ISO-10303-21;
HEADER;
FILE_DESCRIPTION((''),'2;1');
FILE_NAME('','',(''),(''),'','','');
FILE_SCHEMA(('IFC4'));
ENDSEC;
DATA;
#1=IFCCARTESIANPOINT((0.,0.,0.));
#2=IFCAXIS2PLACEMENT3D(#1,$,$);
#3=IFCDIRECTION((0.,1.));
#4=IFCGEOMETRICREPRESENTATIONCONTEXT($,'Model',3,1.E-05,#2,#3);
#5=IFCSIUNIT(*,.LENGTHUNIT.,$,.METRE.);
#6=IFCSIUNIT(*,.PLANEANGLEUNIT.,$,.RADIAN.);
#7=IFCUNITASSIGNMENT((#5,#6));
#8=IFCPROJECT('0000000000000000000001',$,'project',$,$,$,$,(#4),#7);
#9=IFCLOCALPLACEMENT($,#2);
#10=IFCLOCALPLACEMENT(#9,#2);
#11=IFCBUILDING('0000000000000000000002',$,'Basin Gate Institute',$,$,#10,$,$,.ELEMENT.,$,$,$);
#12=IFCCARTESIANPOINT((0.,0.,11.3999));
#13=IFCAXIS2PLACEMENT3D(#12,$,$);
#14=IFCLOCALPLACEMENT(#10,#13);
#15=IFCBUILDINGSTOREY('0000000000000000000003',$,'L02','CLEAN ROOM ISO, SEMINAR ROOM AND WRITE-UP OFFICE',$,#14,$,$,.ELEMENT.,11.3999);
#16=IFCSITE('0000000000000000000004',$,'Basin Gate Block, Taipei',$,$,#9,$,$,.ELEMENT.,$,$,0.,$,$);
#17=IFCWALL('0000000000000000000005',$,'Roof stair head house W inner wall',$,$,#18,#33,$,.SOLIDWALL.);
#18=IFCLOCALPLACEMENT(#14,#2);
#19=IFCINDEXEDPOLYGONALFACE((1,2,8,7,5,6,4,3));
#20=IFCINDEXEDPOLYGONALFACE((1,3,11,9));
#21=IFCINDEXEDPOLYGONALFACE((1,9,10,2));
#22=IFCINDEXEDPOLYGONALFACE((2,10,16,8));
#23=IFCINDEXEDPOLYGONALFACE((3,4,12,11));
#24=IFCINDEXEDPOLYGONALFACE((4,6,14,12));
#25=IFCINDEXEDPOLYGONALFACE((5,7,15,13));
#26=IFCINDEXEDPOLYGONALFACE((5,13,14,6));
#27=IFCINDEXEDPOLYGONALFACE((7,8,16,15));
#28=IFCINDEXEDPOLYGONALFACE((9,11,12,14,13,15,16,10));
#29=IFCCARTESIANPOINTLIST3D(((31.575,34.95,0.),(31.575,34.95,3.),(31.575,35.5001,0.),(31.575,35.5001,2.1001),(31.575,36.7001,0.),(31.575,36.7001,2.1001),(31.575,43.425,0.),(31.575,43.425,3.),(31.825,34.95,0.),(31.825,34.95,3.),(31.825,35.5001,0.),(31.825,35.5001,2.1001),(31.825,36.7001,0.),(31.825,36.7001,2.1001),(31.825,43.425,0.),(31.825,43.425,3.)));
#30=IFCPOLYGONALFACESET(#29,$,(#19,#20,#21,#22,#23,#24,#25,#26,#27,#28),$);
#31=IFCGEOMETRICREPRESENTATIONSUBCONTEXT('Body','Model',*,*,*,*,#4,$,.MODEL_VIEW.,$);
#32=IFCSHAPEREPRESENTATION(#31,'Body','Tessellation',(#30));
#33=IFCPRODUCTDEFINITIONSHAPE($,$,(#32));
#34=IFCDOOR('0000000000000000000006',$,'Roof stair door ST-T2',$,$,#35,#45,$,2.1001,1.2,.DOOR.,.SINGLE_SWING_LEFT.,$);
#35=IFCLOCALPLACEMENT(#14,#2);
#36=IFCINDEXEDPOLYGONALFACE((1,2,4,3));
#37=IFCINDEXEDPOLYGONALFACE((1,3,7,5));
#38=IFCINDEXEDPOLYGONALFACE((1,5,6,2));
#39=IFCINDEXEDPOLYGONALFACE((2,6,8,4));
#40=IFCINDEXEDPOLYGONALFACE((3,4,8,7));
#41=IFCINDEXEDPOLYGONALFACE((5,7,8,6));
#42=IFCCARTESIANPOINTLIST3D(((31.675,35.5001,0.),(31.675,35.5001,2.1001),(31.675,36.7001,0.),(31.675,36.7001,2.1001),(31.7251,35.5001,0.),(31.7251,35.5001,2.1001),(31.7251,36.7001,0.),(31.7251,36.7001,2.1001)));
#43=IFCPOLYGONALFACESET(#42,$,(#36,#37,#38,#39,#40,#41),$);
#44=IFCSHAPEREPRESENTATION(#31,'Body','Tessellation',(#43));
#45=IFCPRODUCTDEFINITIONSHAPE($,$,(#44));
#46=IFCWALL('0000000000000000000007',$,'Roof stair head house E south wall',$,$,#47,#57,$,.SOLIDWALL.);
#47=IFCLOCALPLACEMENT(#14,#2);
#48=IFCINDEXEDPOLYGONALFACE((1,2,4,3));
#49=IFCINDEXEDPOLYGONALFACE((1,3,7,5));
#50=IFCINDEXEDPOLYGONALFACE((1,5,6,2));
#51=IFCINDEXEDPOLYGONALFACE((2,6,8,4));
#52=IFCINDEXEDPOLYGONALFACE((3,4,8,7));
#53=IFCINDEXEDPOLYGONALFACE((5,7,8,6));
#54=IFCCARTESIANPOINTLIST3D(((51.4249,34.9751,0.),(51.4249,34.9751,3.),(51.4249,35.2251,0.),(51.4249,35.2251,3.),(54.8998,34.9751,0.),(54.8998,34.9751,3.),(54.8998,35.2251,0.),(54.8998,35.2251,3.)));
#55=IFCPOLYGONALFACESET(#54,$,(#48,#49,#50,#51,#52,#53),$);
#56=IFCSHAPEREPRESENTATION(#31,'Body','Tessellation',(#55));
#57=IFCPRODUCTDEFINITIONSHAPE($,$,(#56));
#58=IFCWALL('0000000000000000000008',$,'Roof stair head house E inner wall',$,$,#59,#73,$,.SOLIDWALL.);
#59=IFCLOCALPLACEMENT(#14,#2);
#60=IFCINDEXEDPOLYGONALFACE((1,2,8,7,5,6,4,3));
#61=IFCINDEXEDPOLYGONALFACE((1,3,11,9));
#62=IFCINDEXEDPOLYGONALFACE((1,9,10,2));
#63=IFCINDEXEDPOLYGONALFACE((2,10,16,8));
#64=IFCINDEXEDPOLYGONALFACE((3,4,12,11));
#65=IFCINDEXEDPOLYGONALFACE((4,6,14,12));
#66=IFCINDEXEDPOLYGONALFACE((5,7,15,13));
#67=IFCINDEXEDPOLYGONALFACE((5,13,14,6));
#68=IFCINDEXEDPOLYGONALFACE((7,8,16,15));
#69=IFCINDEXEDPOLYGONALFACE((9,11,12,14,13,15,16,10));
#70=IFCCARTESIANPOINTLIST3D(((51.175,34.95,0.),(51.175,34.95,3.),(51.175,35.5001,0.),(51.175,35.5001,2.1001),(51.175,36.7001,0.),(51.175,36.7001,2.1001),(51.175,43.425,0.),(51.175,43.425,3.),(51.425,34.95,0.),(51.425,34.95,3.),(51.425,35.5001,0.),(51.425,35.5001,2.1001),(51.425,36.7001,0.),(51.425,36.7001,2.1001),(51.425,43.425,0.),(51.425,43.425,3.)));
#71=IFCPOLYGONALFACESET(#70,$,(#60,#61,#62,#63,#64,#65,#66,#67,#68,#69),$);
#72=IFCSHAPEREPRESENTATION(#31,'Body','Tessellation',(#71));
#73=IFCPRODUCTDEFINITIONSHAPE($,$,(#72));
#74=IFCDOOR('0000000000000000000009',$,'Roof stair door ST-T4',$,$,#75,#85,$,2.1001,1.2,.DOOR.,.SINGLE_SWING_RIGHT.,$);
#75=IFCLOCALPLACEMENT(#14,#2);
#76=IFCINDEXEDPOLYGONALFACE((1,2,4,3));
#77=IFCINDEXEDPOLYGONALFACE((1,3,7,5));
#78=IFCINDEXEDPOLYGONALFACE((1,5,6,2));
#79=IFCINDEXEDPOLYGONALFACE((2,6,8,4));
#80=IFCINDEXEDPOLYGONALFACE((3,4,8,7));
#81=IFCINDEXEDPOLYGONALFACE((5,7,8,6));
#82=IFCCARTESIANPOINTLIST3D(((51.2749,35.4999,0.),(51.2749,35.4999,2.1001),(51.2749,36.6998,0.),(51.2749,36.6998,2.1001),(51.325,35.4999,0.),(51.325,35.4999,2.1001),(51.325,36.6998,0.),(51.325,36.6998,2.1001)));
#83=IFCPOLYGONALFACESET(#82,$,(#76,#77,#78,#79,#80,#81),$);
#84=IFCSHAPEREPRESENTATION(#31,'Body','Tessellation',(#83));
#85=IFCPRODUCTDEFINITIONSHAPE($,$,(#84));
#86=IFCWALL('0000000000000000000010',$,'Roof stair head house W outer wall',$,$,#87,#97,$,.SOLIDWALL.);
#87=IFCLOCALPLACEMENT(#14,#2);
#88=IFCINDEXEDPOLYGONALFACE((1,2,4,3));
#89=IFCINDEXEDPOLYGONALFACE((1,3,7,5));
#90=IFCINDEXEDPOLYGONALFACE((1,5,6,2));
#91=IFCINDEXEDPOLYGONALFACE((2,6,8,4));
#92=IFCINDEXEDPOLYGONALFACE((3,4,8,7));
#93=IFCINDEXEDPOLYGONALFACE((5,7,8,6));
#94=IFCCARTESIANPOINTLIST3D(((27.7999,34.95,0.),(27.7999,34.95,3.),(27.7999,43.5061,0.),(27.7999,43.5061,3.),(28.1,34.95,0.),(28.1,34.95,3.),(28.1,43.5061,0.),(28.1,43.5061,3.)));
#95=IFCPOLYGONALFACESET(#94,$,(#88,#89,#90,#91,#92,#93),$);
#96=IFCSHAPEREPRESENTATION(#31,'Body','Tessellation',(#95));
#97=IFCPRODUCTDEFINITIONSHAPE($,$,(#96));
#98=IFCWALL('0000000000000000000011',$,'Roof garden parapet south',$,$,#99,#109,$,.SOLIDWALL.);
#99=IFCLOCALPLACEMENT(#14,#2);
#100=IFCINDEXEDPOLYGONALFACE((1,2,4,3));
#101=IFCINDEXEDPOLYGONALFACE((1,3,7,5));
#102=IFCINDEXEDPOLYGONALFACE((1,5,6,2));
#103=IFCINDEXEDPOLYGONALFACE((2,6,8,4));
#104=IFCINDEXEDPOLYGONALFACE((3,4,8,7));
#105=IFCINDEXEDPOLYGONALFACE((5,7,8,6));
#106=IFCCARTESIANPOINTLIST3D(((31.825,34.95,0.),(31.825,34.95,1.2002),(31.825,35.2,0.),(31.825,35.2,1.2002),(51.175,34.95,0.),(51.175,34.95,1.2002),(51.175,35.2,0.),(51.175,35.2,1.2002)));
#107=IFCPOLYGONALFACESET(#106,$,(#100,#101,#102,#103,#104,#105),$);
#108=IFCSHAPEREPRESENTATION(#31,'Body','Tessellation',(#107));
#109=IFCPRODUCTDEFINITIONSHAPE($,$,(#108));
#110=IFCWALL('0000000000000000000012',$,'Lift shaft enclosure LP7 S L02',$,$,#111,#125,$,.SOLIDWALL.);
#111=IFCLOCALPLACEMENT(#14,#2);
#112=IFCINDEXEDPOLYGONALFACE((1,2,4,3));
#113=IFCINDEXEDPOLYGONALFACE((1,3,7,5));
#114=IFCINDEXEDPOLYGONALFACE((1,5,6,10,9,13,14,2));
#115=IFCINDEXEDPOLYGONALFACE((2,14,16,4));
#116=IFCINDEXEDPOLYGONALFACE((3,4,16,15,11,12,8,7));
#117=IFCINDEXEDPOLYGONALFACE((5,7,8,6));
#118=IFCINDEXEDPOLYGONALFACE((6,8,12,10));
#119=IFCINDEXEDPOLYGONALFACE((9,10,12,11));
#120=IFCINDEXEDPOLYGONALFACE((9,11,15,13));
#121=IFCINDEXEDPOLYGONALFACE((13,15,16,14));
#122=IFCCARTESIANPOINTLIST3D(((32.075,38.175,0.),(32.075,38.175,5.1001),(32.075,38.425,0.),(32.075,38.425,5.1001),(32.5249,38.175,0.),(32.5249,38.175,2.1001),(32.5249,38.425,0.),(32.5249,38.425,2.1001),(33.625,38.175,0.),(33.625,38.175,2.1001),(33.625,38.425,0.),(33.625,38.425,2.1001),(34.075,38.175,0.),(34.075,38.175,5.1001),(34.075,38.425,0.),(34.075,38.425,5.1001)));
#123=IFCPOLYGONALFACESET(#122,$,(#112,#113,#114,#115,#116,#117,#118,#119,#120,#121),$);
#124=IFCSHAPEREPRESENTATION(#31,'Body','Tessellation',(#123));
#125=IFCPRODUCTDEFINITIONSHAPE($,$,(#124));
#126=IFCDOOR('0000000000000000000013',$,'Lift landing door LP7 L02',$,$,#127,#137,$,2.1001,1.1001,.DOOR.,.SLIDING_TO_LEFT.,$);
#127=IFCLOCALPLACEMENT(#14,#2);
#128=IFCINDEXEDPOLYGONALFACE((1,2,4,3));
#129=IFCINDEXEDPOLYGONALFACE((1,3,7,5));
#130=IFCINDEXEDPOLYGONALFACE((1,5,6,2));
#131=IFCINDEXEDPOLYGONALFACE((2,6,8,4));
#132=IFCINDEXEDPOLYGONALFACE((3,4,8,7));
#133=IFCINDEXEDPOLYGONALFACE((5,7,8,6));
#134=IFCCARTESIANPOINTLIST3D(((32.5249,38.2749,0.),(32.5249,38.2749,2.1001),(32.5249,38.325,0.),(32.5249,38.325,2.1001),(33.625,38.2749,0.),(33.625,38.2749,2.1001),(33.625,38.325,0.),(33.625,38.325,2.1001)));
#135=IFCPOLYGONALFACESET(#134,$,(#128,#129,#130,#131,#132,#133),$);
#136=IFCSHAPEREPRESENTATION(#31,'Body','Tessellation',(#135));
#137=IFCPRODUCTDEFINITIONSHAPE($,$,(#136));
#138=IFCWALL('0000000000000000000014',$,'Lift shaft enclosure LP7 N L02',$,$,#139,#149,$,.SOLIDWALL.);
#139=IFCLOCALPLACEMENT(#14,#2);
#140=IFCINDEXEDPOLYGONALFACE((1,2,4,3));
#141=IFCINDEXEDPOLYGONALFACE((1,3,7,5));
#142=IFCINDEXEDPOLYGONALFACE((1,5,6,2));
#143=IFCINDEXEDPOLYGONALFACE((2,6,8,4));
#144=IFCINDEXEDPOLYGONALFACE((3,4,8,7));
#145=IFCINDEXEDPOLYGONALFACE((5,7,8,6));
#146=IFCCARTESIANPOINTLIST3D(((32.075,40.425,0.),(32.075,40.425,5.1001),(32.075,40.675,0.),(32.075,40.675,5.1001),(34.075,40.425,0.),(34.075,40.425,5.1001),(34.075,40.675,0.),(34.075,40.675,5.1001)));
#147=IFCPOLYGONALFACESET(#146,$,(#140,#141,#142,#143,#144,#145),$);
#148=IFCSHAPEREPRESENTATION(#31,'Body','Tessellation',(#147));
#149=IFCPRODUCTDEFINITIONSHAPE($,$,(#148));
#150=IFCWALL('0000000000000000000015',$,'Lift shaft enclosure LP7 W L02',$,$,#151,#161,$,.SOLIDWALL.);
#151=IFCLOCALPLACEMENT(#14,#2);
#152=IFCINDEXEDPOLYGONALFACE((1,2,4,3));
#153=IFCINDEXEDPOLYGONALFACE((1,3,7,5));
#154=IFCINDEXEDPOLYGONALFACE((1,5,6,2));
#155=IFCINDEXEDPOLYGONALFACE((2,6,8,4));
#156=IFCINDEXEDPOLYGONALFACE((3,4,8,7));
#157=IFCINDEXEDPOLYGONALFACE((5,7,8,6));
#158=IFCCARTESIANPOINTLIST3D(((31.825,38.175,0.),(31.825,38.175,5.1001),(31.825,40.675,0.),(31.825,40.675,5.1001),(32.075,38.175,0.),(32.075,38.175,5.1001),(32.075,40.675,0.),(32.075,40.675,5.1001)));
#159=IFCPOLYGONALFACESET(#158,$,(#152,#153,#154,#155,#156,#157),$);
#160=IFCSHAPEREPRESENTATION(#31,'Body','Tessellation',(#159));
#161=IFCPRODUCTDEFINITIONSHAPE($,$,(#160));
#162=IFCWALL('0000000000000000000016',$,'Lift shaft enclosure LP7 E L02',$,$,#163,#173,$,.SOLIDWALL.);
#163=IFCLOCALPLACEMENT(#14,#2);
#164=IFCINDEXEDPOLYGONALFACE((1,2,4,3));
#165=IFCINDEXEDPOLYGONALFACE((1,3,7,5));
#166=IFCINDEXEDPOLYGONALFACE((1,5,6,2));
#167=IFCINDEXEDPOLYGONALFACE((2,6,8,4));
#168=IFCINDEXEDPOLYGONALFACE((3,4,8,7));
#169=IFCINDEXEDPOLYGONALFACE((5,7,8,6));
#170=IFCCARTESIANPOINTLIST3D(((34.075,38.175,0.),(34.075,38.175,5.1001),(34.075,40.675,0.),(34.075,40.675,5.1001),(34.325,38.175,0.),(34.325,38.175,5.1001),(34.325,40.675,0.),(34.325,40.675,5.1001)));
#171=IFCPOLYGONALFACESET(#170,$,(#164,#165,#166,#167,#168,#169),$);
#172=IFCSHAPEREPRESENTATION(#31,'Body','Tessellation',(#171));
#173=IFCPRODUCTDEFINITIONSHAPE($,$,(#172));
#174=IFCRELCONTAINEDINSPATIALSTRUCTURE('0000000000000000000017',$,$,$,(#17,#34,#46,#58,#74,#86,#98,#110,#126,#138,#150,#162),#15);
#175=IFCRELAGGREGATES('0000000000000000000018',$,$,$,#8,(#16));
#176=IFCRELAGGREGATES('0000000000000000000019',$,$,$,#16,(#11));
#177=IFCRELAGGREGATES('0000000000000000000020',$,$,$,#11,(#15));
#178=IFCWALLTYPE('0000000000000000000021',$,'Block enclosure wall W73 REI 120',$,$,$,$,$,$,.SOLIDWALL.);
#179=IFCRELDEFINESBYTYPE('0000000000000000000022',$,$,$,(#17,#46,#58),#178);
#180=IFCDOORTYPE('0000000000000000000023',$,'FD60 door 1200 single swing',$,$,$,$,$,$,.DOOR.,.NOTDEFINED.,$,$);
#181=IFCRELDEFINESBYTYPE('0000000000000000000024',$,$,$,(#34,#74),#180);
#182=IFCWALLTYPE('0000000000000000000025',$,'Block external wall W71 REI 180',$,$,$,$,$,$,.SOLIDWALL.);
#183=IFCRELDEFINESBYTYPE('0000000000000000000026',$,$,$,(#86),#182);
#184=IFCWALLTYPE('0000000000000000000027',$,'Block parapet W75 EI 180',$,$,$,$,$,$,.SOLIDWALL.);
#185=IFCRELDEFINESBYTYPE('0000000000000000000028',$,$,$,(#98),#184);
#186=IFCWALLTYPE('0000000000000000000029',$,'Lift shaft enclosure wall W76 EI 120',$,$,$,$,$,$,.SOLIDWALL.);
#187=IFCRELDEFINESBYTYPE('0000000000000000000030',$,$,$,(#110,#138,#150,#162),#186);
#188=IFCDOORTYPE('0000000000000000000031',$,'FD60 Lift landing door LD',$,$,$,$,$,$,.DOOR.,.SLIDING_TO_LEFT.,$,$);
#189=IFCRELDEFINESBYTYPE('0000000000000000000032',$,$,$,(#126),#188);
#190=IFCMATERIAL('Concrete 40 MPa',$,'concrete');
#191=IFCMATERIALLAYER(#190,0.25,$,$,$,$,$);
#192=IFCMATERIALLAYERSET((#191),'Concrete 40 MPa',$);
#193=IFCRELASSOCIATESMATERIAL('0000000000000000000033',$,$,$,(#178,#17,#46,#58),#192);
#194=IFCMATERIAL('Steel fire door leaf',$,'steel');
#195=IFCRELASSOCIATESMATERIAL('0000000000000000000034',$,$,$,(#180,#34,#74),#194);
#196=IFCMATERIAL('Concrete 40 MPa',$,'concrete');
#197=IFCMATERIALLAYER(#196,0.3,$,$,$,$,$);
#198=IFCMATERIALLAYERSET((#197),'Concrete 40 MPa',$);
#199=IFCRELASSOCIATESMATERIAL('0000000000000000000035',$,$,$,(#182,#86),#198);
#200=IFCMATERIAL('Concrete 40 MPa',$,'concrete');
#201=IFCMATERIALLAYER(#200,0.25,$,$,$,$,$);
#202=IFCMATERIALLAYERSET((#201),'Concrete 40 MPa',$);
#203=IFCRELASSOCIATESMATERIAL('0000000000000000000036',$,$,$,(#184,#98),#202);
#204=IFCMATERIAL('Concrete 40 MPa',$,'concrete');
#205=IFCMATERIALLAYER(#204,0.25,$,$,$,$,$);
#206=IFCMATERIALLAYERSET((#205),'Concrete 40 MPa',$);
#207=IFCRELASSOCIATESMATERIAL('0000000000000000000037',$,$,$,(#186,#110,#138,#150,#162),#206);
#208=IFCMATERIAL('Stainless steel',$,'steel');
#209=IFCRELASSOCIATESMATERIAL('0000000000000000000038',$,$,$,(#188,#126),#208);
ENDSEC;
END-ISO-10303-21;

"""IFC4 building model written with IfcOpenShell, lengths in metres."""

from ifc_helpers import new_model, si_unit, direction, frame, frame_2d, origin, place, context, subcontext, project, spatial, rectangle, extrude, material, layer, layer_set, type_object, element, fill, save


model = new_model("IFC4")

# Units and contexts
model_context = context("Model", 3, precision=1e-05, world=origin(), true_north=direction((0.0, 1.0)))
body_context = subcontext(model_context, "Body", "Model", "MODEL_VIEW")
ifc_project = project(units=[si_unit("LENGTHUNIT", "METRE"), si_unit("PLANEANGLEUNIT", "RADIAN")], contexts=[model_context])

# Site, building, storey
site_placement = place(None, origin())
site = spatial("IfcSite", under=ifc_project, at=site_placement, Name="Basin Gate Block, Taipei", CompositionType="ELEMENT", RefElevation=0.0)
building_placement = place(site_placement, origin())
building = spatial("IfcBuilding", under=site, at=building_placement, Name="Basin Gate Institute", CompositionType="ELEMENT")
storey_placement = place(building_placement, frame((0.0, 0.0, 11.3999)))
storey = spatial("IfcBuildingStorey", under=building, at=storey_placement, Name="L02", Description="CLEAN ROOM ISO, SEMINAR ROOM AND WRITE-UP OFFICE", CompositionType="ELEMENT", Elevation=11.3999)

# Shared definitions
ifc_material_1 = material(Name="Concrete 40 MPa", Category="concrete")
ifc_layer_1 = layer(ifc_material_1, 0.25)
ifc_layer_set_1 = layer_set([ifc_layer_1], Name="Concrete 40 MPa")
wall_type_1 = type_object("IfcWallType", Name="Block enclosure wall W73 REI 120", PredefinedType="SOLIDWALL", material=ifc_layer_set_1)

# Wall, opening, door
wall_1_placement = place(storey_placement, frame((31.7, 34.95, 0.0), z_axis=(0.0, 0.0, 1.0), x_axis=(0.0, 1.0, 0.0)))
wall_1 = element("IfcWall", 1, at=wall_1_placement, inside=storey, type_object=wall_type_1, material=ifc_layer_set_1, Name="Roof stair head house W inner wall", PredefinedType="SOLIDWALL", context=body_context, shape_type="SweptSolid", body=[
    extrude(rectangle(XDim=8.4751, YDim=0.25, at=frame_2d((4.2375, 0.0))), origin(), (0.0, 0.0, 1.0), 3.0),
])
opening_1_placement = place(wall_1_placement, frame((0.55, 0.0, 0.0)))
opening_1 = element("IfcOpeningElement", 2, at=opening_1_placement, cuts=wall_1, PredefinedType="OPENING", context=body_context, shape_type="SweptSolid", body=[
    extrude(rectangle(XDim=1.2, YDim=2.1001, at=frame_2d((0.6001, 1.05))), frame((0.0, 0.135, 0.0), z_axis=(0.0, -1.0, 0.0), x_axis=(1.0, 0.0, 0.0)), (0.0, 0.0, 1.0), 0.27),
])
ifc_material_2 = material(Name="Steel fire door leaf", Category="steel")
door_type_1 = type_object("IfcDoorType", Name="FD60 door 1200 single swing", OperationType="NOTDEFINED", PredefinedType="DOOR", material=ifc_material_2)
door_1_placement = place(opening_1_placement, origin())
door_1 = element("IfcDoor", 3, at=door_1_placement, inside=storey, type_object=door_type_1, material=ifc_material_2, Name="Roof stair door ST-T2", OperationType="SINGLE_SWING_LEFT", OverallHeight=2.1001, OverallWidth=1.2, PredefinedType="DOOR", context=body_context, shape_type="SweptSolid", body=[
    extrude(rectangle(XDim=1.2, YDim=2.1001, at=frame_2d((0.6001, 1.05))), frame((0.0, 0.0249, 0.0), z_axis=(0.0, -1.0, 0.0), x_axis=(1.0, 0.0, 0.0)), (0.0, 0.0, 1.0), 0.05),
])
fill(opening_1, door_1)

# Wall
wall_2_placement = place(storey_placement, frame((51.425, 35.1001, 0.0), z_axis=(0.0, 0.0, 1.0), x_axis=(1.0, 0.0, 0.0)))
element("IfcWall", 4, at=wall_2_placement, inside=storey, type_object=wall_type_1, material=ifc_layer_set_1, Name="Roof stair head house E south wall", PredefinedType="SOLIDWALL", context=body_context, shape_type="SweptSolid", body=[
    extrude(rectangle(XDim=3.4749, YDim=0.25, at=frame_2d((1.7373, 0.0))), origin(), (0.0, 0.0, 1.0), 3.0),
])

# Wall, opening, door
wall_3_placement = place(storey_placement, frame((51.3, 34.95, 0.0), z_axis=(0.0, 0.0, 1.0), x_axis=(0.0, 1.0, 0.0)))
wall_3 = element("IfcWall", 5, at=wall_3_placement, inside=storey, type_object=wall_type_1, material=ifc_layer_set_1, Name="Roof stair head house E inner wall", PredefinedType="SOLIDWALL", context=body_context, shape_type="SweptSolid", body=[
    extrude(rectangle(XDim=8.4751, YDim=0.25, at=frame_2d((4.2375, 0.0))), origin(), (0.0, 0.0, 1.0), 3.0),
])
opening_2_placement = place(wall_3_placement, frame((0.55, 0.0, 0.0)))
opening_2 = element("IfcOpeningElement", 6, at=opening_2_placement, cuts=wall_3, PredefinedType="OPENING", context=body_context, shape_type="SweptSolid", body=[
    extrude(rectangle(XDim=1.2, YDim=2.1001, at=frame_2d((0.6001, 1.05))), frame((0.0, 0.135, 0.0), z_axis=(0.0, -1.0, 0.0), x_axis=(1.0, 0.0, 0.0)), (0.0, 0.0, 1.0), 0.27),
])
door_2_placement = place(opening_2_placement, frame((1.2, 0.0, 0.0), z_axis=(0.0, 0.0, 1.0), x_axis=(-1.0, 0.0, 0.0)))
door_2 = element("IfcDoor", 7, at=door_2_placement, inside=storey, type_object=door_type_1, material=ifc_material_2, Name="Roof stair door ST-T4", OperationType="SINGLE_SWING_RIGHT", OverallHeight=2.1001, OverallWidth=1.2, PredefinedType="DOOR", context=body_context, shape_type="SweptSolid", body=[
    extrude(rectangle(XDim=1.2, YDim=2.1001, at=frame_2d((0.6001, 1.05))), frame((0.0, 0.0249, 0.0), z_axis=(0.0, -1.0, 0.0), x_axis=(1.0, 0.0, 0.0)), (0.0, 0.0, 1.0), 0.05),
])
fill(opening_2, door_2)

# Walls
ifc_material_3 = material(Name="Concrete 40 MPa", Category="concrete")
ifc_layer_2 = layer(ifc_material_3, 0.3)
ifc_layer_set_2 = layer_set([ifc_layer_2], Name="Concrete 40 MPa")
wall_type_2 = type_object("IfcWallType", Name="Block external wall W71 REI 180", PredefinedType="SOLIDWALL", material=ifc_layer_set_2)
wall_4_placement = place(storey_placement, frame((27.95, 34.95, 0.0), z_axis=(0.0, 0.0, 1.0), x_axis=(0.0, 1.0, 0.0)))
element("IfcWall", 8, at=wall_4_placement, inside=storey, type_object=wall_type_2, material=ifc_layer_set_2, Name="Roof stair head house W outer wall", PredefinedType="SOLIDWALL", context=body_context, shape_type="SweptSolid", body=[
    extrude(rectangle(XDim=8.5562, YDim=0.3, at=frame_2d((4.2781, 0.0))), origin(), (0.0, 0.0, 1.0), 3.0),
])
ifc_material_4 = material(Name="Concrete 40 MPa", Category="concrete")
ifc_layer_3 = layer(ifc_material_4, 0.25)
ifc_layer_set_3 = layer_set([ifc_layer_3], Name="Concrete 40 MPa")
wall_type_3 = type_object("IfcWallType", Name="Block parapet W75 EI 180", PredefinedType="SOLIDWALL", material=ifc_layer_set_3)
wall_5_placement = place(storey_placement, frame((31.825, 35.075, 0.0), z_axis=(0.0, 0.0, 1.0), x_axis=(1.0, 0.0, 0.0)))
element("IfcWall", 9, at=wall_5_placement, inside=storey, type_object=wall_type_3, material=ifc_layer_set_3, Name="Roof garden parapet south", PredefinedType="SOLIDWALL", context=body_context, shape_type="SweptSolid", body=[
    extrude(rectangle(XDim=19.3501, YDim=0.25, at=frame_2d((9.675, 0.0))), origin(), (0.0, 0.0, 1.0), 1.2002),
])

# Wall, opening, door
ifc_material_5 = material(Name="Concrete 40 MPa", Category="concrete")
ifc_layer_4 = layer(ifc_material_5, 0.25)
ifc_layer_set_4 = layer_set([ifc_layer_4], Name="Concrete 40 MPa")
wall_type_4 = type_object("IfcWallType", Name="Lift shaft enclosure wall W76 EI 120", PredefinedType="SOLIDWALL", material=ifc_layer_set_4)
wall_6_placement = place(storey_placement, frame((32.075, 38.3, 0.0), z_axis=(0.0, 0.0, 1.0), x_axis=(1.0, 0.0, 0.0)))
wall_6 = element("IfcWall", 10, at=wall_6_placement, inside=storey, type_object=wall_type_4, material=ifc_layer_set_4, Name="Lift shaft enclosure LP7 S L02", PredefinedType="SOLIDWALL", context=body_context, shape_type="SweptSolid", body=[
    extrude(rectangle(XDim=2.0, YDim=0.25, at=frame_2d((1.0, 0.0))), origin(), (0.0, 0.0, 1.0), 5.1001),
])
opening_3_placement = place(wall_6_placement, frame((0.45, 0.0, 0.0)))
opening_3 = element("IfcOpeningElement", 11, at=opening_3_placement, cuts=wall_6, PredefinedType="OPENING", context=body_context, shape_type="SweptSolid", body=[
    extrude(rectangle(XDim=1.1001, YDim=2.1001, at=frame_2d((0.55, 1.05))), frame((0.0, 0.135, 0.0), z_axis=(0.0, -1.0, 0.0), x_axis=(1.0, 0.0, 0.0)), (0.0, 0.0, 1.0), 0.27),
])
ifc_material_6 = material(Name="Stainless steel", Category="steel")
door_type_2 = type_object("IfcDoorType", Name="FD60 Lift landing door LD", OperationType="SLIDING_TO_LEFT", PredefinedType="DOOR", material=ifc_material_6)
door_3_placement = place(opening_3_placement, origin())
door_3 = element("IfcDoor", 12, at=door_3_placement, inside=storey, type_object=door_type_2, material=ifc_material_6, Name="Lift landing door LP7 L02", OperationType="SLIDING_TO_LEFT", OverallHeight=2.1001, OverallWidth=1.1001, PredefinedType="DOOR", context=body_context, shape_type="SweptSolid", body=[
    extrude(rectangle(XDim=1.1001, YDim=2.1001, at=frame_2d((0.55, 1.05))), frame((0.0, 0.0249, 0.0), z_axis=(0.0, -1.0, 0.0), x_axis=(1.0, 0.0, 0.0)), (0.0, 0.0, 1.0), 0.05),
])
fill(opening_3, door_3)

# Walls
wall_7_placement = place(storey_placement, frame((32.075, 40.55, 0.0), z_axis=(0.0, 0.0, 1.0), x_axis=(1.0, 0.0, 0.0)))
element("IfcWall", 13, at=wall_7_placement, inside=storey, type_object=wall_type_4, material=ifc_layer_set_4, Name="Lift shaft enclosure LP7 N L02", PredefinedType="SOLIDWALL", context=body_context, shape_type="SweptSolid", body=[
    extrude(rectangle(XDim=2.0, YDim=0.25, at=frame_2d((1.0, 0.0))), origin(), (0.0, 0.0, 1.0), 5.1001),
])
for number, where, z_axis, x_axis, name in (
    (14, (31.95, 38.175, 0.0), (0.0, 0.0, 1.0), (0.0, 1.0, 0.0), "Lift shaft enclosure LP7 W L02"),
    (15, (34.2, 38.175, 0.0), (0.0, 0.0, 1.0), (0.0, 1.0, 0.0), "Lift shaft enclosure LP7 E L02"),
):
    element("IfcWall", number, at=place(storey_placement, frame(where, z_axis=z_axis, x_axis=x_axis)), inside=storey, type_object=wall_type_4, material=ifc_layer_set_4, Name=name, PredefinedType="SOLIDWALL", context=body_context, shape_type="SweptSolid", body=[
        extrude(rectangle(XDim=2.5, YDim=0.25, at=frame_2d((1.25, 0.0))), origin(), (0.0, 0.0, 1.0), 5.1001),
    ])

save(model, "model.ifc")
